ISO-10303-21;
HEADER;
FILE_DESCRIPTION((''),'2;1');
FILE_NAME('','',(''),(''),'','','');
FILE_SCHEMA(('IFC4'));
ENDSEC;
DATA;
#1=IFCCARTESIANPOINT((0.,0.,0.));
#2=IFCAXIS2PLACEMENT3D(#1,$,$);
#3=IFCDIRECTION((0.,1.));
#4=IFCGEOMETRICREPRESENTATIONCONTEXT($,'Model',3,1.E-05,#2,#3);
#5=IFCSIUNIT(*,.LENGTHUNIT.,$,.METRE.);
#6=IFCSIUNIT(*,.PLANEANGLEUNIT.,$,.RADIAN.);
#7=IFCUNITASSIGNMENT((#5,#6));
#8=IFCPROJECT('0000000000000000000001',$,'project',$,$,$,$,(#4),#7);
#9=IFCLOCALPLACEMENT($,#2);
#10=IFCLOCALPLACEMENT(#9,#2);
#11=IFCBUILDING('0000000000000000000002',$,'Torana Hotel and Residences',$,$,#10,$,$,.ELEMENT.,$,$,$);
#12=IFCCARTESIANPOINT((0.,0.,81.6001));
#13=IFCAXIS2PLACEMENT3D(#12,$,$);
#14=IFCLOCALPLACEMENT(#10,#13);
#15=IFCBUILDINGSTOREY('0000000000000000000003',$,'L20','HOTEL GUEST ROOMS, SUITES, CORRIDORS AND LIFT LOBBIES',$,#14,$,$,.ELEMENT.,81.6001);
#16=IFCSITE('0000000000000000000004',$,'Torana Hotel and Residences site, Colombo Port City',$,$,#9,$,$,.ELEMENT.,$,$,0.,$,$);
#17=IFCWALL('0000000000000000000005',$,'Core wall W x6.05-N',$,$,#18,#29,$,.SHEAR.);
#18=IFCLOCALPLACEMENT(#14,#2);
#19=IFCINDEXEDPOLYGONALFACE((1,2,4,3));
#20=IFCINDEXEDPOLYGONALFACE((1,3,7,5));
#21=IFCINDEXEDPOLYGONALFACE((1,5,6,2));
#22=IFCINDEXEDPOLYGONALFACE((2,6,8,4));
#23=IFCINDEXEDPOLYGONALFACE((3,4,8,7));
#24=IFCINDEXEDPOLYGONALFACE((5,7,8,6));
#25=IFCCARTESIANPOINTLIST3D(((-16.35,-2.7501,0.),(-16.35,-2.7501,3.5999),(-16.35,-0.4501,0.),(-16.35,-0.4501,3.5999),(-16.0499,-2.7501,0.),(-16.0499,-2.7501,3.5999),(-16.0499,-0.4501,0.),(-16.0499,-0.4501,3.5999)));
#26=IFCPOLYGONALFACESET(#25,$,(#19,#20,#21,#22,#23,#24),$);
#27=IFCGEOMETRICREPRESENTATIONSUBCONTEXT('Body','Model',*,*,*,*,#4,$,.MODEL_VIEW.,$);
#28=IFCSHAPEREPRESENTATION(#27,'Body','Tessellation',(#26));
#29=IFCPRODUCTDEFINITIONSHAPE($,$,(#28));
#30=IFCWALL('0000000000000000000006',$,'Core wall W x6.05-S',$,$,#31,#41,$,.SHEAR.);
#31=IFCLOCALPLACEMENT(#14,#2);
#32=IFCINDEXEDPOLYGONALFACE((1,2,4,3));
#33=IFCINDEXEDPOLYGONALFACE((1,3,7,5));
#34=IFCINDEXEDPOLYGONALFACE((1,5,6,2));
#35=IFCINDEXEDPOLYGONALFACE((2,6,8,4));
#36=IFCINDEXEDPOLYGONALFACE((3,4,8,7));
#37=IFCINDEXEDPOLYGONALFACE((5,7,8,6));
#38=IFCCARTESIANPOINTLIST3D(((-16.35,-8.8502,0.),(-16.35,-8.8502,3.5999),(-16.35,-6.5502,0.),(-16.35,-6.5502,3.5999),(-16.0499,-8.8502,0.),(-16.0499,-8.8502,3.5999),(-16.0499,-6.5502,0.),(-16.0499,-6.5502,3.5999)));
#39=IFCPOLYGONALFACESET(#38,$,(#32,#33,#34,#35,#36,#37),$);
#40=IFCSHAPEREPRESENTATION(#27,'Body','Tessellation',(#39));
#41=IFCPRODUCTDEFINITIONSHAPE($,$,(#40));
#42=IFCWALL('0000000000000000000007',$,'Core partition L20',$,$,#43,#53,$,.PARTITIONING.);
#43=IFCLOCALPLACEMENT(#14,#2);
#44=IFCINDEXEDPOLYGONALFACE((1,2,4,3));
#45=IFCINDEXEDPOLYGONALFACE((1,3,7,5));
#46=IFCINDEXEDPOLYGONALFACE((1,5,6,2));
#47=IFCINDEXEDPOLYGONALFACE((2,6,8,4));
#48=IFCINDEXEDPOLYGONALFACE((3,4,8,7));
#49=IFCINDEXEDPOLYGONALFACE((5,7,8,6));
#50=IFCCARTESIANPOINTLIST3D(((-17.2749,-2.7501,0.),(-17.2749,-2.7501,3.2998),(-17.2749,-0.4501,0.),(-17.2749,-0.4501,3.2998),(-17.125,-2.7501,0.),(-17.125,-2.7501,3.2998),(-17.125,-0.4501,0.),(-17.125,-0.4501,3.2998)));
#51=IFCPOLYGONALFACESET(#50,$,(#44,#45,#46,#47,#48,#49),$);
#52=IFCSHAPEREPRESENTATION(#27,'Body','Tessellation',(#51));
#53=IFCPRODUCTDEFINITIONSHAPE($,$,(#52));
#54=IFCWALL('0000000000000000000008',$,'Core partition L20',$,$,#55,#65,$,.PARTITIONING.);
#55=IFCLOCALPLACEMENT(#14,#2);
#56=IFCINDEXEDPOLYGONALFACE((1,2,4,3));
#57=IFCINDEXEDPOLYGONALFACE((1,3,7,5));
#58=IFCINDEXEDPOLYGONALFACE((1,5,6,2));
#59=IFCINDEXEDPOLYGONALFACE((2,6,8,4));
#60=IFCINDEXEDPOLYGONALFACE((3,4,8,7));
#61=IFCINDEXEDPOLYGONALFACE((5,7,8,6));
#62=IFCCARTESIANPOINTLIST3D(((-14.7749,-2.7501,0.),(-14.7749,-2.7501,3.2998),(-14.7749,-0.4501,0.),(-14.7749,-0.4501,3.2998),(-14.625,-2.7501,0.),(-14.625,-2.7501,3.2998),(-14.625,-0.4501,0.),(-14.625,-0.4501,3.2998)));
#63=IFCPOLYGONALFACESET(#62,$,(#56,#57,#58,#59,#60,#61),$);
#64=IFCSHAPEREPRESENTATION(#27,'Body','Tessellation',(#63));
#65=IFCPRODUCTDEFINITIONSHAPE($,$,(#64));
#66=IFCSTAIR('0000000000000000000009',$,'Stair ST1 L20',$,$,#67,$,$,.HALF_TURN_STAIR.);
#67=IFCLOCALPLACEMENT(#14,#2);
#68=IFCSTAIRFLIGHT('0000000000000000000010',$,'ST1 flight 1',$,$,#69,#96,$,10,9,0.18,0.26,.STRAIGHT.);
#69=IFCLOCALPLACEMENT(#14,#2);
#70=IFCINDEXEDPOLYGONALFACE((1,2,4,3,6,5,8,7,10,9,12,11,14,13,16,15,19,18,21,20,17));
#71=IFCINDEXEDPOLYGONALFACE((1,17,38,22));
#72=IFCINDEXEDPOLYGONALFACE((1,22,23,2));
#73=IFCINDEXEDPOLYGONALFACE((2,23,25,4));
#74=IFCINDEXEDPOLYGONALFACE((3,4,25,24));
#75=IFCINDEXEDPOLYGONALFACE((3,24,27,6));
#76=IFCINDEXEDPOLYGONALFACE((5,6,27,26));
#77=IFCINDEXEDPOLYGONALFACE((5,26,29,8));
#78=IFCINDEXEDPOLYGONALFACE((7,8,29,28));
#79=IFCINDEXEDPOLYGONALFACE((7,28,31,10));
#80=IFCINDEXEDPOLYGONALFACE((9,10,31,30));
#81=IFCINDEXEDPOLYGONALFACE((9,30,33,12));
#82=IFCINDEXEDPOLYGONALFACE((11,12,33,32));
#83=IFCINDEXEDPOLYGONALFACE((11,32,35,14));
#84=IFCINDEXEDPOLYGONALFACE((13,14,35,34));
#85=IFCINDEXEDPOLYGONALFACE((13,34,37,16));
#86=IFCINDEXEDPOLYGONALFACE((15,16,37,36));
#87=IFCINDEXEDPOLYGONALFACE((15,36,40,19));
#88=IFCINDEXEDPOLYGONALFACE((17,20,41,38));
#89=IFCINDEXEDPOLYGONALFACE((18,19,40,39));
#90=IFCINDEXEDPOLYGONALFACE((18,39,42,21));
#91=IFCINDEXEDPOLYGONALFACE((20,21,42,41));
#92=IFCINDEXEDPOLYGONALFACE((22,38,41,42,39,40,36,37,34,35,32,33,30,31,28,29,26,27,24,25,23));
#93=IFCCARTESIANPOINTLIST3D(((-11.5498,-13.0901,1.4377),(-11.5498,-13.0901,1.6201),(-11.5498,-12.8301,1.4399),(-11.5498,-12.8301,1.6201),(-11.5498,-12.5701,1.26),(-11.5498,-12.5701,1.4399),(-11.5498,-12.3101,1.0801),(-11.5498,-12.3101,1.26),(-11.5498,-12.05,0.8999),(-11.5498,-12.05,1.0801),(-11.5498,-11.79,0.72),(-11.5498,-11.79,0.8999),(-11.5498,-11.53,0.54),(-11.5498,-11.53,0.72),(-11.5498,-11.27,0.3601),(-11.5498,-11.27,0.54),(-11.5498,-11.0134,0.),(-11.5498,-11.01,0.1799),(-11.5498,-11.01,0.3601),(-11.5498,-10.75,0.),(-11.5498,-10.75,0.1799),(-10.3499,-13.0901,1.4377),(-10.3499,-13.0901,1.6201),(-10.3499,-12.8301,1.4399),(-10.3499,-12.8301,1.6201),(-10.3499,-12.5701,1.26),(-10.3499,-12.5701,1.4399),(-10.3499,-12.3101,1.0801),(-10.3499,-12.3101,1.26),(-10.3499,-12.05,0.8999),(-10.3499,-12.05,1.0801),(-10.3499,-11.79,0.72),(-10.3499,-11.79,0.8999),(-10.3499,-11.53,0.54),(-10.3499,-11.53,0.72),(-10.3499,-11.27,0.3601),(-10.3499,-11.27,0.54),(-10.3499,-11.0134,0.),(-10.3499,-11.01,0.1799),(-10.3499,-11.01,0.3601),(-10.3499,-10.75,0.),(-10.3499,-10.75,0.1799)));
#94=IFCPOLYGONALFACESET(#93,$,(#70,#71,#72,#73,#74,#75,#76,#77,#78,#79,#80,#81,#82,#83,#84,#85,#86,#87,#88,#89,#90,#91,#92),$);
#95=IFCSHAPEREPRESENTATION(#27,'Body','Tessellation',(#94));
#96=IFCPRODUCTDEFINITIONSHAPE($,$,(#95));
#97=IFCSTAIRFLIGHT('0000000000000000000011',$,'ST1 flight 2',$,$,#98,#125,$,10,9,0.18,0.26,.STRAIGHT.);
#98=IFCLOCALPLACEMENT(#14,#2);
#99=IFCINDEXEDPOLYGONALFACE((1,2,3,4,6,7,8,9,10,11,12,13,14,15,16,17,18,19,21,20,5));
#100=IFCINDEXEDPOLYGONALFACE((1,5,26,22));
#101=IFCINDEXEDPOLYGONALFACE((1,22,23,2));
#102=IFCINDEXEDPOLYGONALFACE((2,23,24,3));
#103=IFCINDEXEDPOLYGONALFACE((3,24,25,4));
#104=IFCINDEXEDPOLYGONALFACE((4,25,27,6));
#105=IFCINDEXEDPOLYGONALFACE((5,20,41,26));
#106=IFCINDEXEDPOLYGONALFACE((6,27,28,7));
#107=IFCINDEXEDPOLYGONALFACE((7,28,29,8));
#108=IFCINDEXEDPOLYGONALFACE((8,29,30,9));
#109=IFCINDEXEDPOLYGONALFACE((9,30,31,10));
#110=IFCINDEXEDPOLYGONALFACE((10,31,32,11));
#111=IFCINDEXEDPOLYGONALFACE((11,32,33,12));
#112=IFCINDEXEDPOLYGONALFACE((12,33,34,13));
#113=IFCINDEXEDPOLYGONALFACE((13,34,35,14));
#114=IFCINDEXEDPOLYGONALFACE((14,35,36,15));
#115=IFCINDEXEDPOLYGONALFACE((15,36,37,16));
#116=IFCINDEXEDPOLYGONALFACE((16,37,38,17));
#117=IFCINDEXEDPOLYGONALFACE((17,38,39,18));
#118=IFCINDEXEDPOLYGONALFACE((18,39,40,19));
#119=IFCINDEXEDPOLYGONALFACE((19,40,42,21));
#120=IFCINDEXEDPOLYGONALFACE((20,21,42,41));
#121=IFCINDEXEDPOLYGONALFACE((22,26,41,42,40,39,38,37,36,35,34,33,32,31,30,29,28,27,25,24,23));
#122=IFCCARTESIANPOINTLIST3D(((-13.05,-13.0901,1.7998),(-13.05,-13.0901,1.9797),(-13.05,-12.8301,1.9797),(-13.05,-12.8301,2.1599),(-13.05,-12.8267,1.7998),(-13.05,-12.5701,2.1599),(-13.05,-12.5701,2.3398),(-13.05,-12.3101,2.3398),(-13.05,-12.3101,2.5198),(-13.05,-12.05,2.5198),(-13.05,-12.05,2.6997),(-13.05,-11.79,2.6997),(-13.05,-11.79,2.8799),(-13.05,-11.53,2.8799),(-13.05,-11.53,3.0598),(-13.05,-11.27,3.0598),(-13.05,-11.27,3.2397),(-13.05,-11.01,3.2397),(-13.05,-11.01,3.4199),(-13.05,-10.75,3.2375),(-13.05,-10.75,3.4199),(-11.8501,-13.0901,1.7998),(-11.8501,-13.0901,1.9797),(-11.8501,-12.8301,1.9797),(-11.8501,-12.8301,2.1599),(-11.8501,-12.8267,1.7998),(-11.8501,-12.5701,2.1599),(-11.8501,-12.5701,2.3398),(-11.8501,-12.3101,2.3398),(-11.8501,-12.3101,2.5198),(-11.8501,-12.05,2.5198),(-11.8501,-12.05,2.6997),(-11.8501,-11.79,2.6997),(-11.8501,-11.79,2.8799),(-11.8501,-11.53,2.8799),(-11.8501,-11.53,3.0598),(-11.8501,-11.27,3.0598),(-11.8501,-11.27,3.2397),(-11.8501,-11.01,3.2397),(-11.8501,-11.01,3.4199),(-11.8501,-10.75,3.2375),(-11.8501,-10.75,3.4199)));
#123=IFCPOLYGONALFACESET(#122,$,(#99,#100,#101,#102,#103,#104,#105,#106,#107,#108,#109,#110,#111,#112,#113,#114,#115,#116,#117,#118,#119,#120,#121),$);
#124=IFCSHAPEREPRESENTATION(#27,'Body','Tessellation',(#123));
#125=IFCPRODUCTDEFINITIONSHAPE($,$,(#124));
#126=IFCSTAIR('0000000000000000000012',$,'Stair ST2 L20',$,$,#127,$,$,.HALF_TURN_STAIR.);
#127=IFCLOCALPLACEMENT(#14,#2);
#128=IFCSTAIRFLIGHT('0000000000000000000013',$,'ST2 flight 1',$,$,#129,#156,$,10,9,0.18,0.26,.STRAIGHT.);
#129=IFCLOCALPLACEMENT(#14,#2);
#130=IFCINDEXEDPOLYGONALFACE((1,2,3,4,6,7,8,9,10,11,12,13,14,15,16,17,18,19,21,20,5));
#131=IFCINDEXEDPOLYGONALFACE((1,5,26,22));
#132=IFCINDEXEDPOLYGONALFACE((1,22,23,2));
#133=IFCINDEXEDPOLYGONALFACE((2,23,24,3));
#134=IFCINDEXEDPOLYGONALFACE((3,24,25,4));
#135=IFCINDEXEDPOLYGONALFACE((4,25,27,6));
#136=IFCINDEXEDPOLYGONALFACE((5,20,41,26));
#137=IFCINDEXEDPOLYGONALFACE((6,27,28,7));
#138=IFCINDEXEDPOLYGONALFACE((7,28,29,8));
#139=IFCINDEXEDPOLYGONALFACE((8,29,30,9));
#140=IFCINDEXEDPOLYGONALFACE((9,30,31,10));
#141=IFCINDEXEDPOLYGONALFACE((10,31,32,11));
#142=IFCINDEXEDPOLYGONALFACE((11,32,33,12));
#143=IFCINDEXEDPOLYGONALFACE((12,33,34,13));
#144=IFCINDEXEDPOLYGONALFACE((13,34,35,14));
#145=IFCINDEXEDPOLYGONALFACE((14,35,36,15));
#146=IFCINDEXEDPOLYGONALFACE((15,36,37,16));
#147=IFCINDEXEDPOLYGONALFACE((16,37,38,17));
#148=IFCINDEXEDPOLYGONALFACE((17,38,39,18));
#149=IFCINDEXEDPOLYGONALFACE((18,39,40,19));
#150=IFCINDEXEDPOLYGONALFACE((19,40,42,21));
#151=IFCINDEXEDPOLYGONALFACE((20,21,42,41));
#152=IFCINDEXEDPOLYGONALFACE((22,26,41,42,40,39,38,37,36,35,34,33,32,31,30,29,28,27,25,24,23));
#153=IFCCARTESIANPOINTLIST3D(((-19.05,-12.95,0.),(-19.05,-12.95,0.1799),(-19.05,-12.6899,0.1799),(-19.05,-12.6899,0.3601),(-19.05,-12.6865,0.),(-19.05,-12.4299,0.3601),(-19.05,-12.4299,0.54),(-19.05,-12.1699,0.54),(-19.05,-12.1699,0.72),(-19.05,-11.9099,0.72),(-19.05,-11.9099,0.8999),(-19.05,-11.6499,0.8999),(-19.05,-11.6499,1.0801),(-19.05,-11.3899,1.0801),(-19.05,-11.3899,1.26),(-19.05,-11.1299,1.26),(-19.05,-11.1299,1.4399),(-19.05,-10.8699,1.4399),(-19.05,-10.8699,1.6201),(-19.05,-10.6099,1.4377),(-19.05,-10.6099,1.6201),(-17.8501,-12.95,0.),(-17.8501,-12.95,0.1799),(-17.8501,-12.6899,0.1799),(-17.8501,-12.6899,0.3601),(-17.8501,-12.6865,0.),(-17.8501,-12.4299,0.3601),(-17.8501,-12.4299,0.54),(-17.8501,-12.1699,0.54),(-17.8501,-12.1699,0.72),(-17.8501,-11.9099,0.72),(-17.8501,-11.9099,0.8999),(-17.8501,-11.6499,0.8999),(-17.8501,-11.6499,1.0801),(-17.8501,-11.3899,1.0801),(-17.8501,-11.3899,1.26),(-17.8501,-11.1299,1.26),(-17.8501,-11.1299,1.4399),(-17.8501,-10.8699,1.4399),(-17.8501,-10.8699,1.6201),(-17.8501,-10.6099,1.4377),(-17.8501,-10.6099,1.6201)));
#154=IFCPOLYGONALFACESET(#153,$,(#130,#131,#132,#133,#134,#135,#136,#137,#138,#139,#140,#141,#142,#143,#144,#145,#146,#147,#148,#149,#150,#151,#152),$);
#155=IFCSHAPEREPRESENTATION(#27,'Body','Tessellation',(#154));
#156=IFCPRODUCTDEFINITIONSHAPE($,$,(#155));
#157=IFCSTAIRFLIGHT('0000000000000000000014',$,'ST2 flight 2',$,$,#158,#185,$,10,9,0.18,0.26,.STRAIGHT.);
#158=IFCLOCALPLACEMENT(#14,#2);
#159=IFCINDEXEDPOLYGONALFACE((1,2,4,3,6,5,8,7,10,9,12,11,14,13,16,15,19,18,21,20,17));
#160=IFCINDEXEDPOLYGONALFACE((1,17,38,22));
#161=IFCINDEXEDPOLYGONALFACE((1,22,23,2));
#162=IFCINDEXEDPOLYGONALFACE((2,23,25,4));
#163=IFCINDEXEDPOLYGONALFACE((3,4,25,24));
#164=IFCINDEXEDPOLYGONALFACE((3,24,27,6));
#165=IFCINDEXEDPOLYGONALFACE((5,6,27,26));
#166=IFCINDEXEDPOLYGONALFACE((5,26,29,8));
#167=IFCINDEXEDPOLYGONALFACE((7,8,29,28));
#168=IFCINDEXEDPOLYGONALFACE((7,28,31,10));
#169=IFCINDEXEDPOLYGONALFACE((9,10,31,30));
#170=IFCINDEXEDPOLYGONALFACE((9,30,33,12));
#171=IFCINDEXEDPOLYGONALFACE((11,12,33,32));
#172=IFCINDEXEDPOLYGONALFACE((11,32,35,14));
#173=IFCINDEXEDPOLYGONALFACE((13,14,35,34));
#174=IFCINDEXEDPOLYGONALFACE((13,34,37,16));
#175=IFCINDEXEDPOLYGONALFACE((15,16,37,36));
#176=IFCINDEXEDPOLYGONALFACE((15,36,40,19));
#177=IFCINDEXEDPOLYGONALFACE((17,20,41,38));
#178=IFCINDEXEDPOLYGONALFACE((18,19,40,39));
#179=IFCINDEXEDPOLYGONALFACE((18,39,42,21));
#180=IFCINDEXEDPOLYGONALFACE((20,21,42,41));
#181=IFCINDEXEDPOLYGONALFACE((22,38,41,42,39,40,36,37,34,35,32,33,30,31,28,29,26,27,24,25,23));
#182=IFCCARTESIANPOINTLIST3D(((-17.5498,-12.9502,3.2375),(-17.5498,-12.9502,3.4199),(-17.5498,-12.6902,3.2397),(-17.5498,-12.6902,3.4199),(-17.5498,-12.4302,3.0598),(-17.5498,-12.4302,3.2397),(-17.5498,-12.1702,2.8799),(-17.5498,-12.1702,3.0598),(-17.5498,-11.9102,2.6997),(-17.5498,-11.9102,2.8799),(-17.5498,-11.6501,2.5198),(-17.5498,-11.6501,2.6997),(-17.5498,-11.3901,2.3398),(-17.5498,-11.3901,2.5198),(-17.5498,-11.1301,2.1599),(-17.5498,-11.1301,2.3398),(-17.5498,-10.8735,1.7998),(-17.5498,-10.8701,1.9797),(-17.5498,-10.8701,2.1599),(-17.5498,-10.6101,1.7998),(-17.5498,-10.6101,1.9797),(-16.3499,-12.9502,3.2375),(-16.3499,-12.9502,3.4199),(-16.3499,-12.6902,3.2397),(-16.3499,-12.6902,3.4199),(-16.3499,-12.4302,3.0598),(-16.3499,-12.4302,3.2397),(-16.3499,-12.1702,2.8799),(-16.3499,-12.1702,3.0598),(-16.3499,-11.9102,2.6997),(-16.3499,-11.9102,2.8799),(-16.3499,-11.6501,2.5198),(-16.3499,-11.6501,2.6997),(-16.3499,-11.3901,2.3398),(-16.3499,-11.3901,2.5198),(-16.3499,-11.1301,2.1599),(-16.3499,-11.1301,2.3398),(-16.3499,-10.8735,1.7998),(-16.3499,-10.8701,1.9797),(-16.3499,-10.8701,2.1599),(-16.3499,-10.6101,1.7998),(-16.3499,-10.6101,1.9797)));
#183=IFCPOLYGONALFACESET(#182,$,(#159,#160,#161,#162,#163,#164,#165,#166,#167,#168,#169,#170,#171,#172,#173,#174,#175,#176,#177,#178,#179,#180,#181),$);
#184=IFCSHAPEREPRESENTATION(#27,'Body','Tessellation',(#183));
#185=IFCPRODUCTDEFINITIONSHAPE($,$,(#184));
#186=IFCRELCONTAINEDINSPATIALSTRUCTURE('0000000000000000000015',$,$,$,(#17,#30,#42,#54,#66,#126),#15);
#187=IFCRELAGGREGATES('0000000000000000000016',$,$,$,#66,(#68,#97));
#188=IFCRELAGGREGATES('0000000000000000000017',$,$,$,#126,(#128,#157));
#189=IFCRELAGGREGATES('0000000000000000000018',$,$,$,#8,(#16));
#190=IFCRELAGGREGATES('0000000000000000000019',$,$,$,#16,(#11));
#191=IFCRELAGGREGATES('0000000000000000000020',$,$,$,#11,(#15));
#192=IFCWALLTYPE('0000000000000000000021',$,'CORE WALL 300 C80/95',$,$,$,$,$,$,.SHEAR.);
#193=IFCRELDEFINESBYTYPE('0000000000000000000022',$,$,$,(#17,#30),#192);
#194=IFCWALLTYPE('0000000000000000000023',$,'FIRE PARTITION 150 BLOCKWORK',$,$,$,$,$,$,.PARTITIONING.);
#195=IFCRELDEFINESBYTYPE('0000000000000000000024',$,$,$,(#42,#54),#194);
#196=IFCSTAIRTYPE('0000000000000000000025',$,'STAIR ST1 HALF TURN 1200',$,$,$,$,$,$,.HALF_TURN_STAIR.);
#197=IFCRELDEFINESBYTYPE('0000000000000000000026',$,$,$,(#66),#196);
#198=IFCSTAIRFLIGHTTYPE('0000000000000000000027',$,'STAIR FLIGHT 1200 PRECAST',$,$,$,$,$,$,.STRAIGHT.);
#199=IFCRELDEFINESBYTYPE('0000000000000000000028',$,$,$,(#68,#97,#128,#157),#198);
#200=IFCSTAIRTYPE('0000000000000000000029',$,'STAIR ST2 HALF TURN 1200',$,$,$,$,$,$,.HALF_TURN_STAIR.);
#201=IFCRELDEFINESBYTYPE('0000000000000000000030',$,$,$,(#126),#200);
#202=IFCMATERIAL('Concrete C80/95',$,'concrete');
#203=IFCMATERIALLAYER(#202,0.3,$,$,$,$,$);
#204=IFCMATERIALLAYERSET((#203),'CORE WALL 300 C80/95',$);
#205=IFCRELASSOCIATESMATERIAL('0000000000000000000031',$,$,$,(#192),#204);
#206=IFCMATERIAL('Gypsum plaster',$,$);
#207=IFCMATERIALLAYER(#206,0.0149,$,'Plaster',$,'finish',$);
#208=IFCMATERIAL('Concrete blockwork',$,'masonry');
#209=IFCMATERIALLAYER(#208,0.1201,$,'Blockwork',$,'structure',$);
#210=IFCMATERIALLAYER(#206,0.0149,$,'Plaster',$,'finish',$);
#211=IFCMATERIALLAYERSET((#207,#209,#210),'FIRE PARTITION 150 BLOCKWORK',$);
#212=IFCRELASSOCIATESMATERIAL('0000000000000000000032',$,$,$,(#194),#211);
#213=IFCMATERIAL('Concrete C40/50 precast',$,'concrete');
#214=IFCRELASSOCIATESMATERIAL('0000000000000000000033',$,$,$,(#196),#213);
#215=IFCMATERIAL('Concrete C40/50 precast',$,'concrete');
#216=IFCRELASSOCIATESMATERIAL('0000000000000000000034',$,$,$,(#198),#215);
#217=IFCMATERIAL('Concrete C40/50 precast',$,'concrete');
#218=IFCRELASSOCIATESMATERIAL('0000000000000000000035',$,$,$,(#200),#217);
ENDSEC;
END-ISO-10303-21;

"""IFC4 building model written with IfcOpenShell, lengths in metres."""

from ifc_helpers import new_model, si_unit, direction, frame, frame_2d, origin, place, context, subcontext, project, spatial, polyline, rectangle, outline, extrude, material, layer, layer_set, type_object, element, aggregate, save


model = new_model("IFC4")

# Units and contexts
model_context = context("Model", 3, precision=1e-05, world=origin(), true_north=direction((0.0, 1.0)))
body_context = subcontext(model_context, "Body", "Model", "MODEL_VIEW")
ifc_project = project(units=[si_unit("LENGTHUNIT", "METRE"), si_unit("PLANEANGLEUNIT", "RADIAN")], contexts=[model_context])

# Site, building, storey
site_placement = place(None, origin())
site = spatial("IfcSite", under=ifc_project, at=site_placement, Name="Torana Hotel and Residences site, Colombo Port City", CompositionType="ELEMENT", RefElevation=0.0)
building_placement = place(site_placement, origin())
building = spatial("IfcBuilding", under=site, at=building_placement, Name="Torana Hotel and Residences", CompositionType="ELEMENT")
storey_placement = place(building_placement, frame((0.0, 0.0, 81.6001)))
storey = spatial("IfcBuildingStorey", under=building, at=storey_placement, Name="L20", Description="HOTEL GUEST ROOMS, SUITES, CORRIDORS AND LIFT LOBBIES", CompositionType="ELEMENT", Elevation=81.6001)

# Shared definitions
ifc_material_1 = material(Name="Concrete C80/95", Category="concrete")
ifc_layer_1 = layer(ifc_material_1, 0.3)
ifc_layer_set_1 = layer_set([ifc_layer_1], Name="CORE WALL 300 C80/95")
wall_type_1 = type_object("IfcWallType", Name="CORE WALL 300 C80/95", PredefinedType="SHEAR", material=ifc_layer_set_1)

# Walls
for number, where, z_axis, x_axis, name in (
    (1, (-16.2, -2.75, 0.0), (0.0, 0.0, 1.0), (0.0, 1.0, 0.0), "Core wall W x6.05-N"),
    (2, (-16.2, -8.8501, 0.0), (0.0, 0.0, 1.0), (0.0, 1.0, 0.0), "Core wall W x6.05-S"),
):
    element("IfcWall", number, at=place(storey_placement, frame(where, z_axis=z_axis, x_axis=x_axis)), inside=storey, type_object=wall_type_1, Name=name, PredefinedType="SHEAR", context=body_context, shape_type="SweptSolid", body=[
        extrude(rectangle(XDim=2.3, YDim=0.3, at=frame_2d((1.1499, 0.0))), origin(), (0.0, 0.0, 1.0), 3.5999),
    ])

# Walls
ifc_material_2 = material(Name="Gypsum plaster")
ifc_layer_2 = layer(ifc_material_2, 0.0149, Name="Plaster", Category="finish")
ifc_material_3 = material(Name="Concrete blockwork", Category="masonry")
ifc_layer_3 = layer(ifc_material_3, 0.1201, Name="Blockwork", Category="structure")
ifc_layer_4 = layer(ifc_material_2, 0.0149, Name="Plaster", Category="finish")
ifc_layer_set_2 = layer_set([ifc_layer_2, ifc_layer_3, ifc_layer_4], Name="FIRE PARTITION 150 BLOCKWORK")
wall_type_2 = type_object("IfcWallType", Name="FIRE PARTITION 150 BLOCKWORK", PredefinedType="PARTITIONING", material=ifc_layer_set_2)
for number, where, z_axis, x_axis, name in (
    (3, (-17.2, -2.75, 0.0), (0.0, 0.0, 1.0), (0.0, 1.0, 0.0), "Core partition L20"),
    (4, (-14.7, -2.75, 0.0), (0.0, 0.0, 1.0), (0.0, 1.0, 0.0), "Core partition L20"),
):
    element("IfcWall", number, at=place(storey_placement, frame(where, z_axis=z_axis, x_axis=x_axis)), inside=storey, type_object=wall_type_2, Name=name, PredefinedType="PARTITIONING", context=body_context, shape_type="SweptSolid", body=[
        extrude(rectangle(XDim=2.3, YDim=0.1499, at=frame_2d((1.1499, 0.0))), origin(), (0.0, 0.0, 1.0), 3.2998),
    ])

# Stairs, stair flights
ifc_material_4 = material(Name="Concrete C40/50 precast", Category="concrete")
stair_type_1 = type_object("IfcStairType", Name="STAIR ST1 HALF TURN 1200", PredefinedType="HALF_TURN_STAIR", material=ifc_material_4)
stair_1_placement = place(storey_placement, origin())
stair_1 = element("IfcStair", 5, at=stair_1_placement, inside=storey, type_object=stair_type_1, Name="Stair ST1 L20", PredefinedType="HALF_TURN_STAIR")
ifc_material_5 = material(Name="Concrete C40/50 precast", Category="concrete")
stair_flight_type = type_object("IfcStairFlightType", Name="STAIR FLIGHT 1200 PRECAST", PredefinedType="STRAIGHT", material=ifc_material_5)
stair_flight_1_placement = place(storey_placement, frame((-10.95, -10.75, 0.0), z_axis=(0.0, 0.0, 1.0), x_axis=(0.0, -1.0, 0.0)))
stair_flight_1 = element("IfcStairFlight", 6, at=stair_flight_1_placement, type_object=stair_flight_type, Name="ST1 flight 1", NumberOfRisers=10, NumberOfTreads=9, PredefinedType="STRAIGHT", RiserHeight=0.18, TreadLength=0.26, context=body_context, shape_type="SweptSolid", body=[
    extrude(outline(polyline([(0.0, 0.0), (0.0, 0.1799), (0.26, 0.1799), (0.26, 0.3601), (0.52, 0.3601), (0.52, 0.54), (0.78, 0.54), (0.78, 0.72), (1.04, 0.72), (1.04, 0.8999), (1.3, 0.8999), (1.3, 1.0801), (1.5601, 1.0801), (1.5601, 1.26), (1.8201, 1.26), (1.8201, 1.4399), (2.0801, 1.4399), (2.0801, 1.6201), (2.3401, 1.6201), (2.3401, 1.8), (2.3401, 1.4377), (0.2634, 0.0), (0.0, 0.0)])), frame((0.0, 0.6001, 0.0), z_axis=(0.0, -1.0, 0.0), x_axis=(1.0, 0.0, 0.0)), (0.0, 0.0, 1.0), 1.2),
])
stair_flight_2_placement = place(storey_placement, frame((-12.45, -13.0901, 1.7998), z_axis=(0.0, 0.0, 1.0), x_axis=(0.0, 1.0, 0.0)))
stair_flight_2 = element("IfcStairFlight", 7, at=stair_flight_2_placement, type_object=stair_flight_type, Name="ST1 flight 2", NumberOfRisers=10, NumberOfTreads=9, PredefinedType="STRAIGHT", RiserHeight=0.18, TreadLength=0.26, context=body_context, shape_type="SweptSolid", body=[
    extrude(outline(polyline([(0.0, 0.0), (0.0, 0.1799), (0.26, 0.1799), (0.26, 0.3601), (0.52, 0.3601), (0.52, 0.54), (0.78, 0.54), (0.78, 0.72), (1.04, 0.72), (1.04, 0.8999), (1.3, 0.8999), (1.3, 1.0801), (1.5601, 1.0801), (1.5601, 1.26), (1.8201, 1.26), (1.8201, 1.4399), (2.0801, 1.4399), (2.0801, 1.6201), (2.3401, 1.6201), (2.3401, 1.8), (2.3401, 1.4377), (0.2634, 0.0), (0.0, 0.0)])), frame((0.0, 0.6001, 0.0), z_axis=(0.0, -1.0, 0.0), x_axis=(1.0, 0.0, 0.0)), (0.0, 0.0, 1.0), 1.2),
])
aggregate(stair_1, [stair_flight_1, stair_flight_2])
ifc_material_6 = material(Name="Concrete C40/50 precast", Category="concrete")
stair_type_2 = type_object("IfcStairType", Name="STAIR ST2 HALF TURN 1200", PredefinedType="HALF_TURN_STAIR", material=ifc_material_6)
stair_2_placement = place(storey_placement, origin())
stair_2 = element("IfcStair", 8, at=stair_2_placement, inside=storey, type_object=stair_type_2, Name="Stair ST2 L20", PredefinedType="HALF_TURN_STAIR")
stair_flight_3_placement = place(storey_placement, frame((-18.45, -12.95, 0.0), z_axis=(0.0, 0.0, 1.0), x_axis=(0.0, 1.0, 0.0)))
stair_flight_3 = element("IfcStairFlight", 9, at=stair_flight_3_placement, type_object=stair_flight_type, Name="ST2 flight 1", NumberOfRisers=10, NumberOfTreads=9, PredefinedType="STRAIGHT", RiserHeight=0.18, TreadLength=0.26, context=body_context, shape_type="SweptSolid", body=[
    extrude(outline(polyline([(0.0, 0.0), (0.0, 0.1799), (0.26, 0.1799), (0.26, 0.3601), (0.52, 0.3601), (0.52, 0.54), (0.78, 0.54), (0.78, 0.72), (1.04, 0.72), (1.04, 0.8999), (1.3, 0.8999), (1.3, 1.0801), (1.5601, 1.0801), (1.5601, 1.26), (1.8201, 1.26), (1.8201, 1.4399), (2.0801, 1.4399), (2.0801, 1.6201), (2.3401, 1.6201), (2.3401, 1.8), (2.3401, 1.4377), (0.2634, 0.0), (0.0, 0.0)])), frame((0.0, 0.6001, 0.0), z_axis=(0.0, -1.0, 0.0), x_axis=(1.0, 0.0, 0.0)), (0.0, 0.0, 1.0), 1.2),
])
stair_flight_4_placement = place(storey_placement, frame((-16.95, -10.6101, 1.7998), z_axis=(0.0, 0.0, 1.0), x_axis=(0.0, -1.0, 0.0)))
stair_flight_4 = element("IfcStairFlight", 10, at=stair_flight_4_placement, type_object=stair_flight_type, Name="ST2 flight 2", NumberOfRisers=10, NumberOfTreads=9, PredefinedType="STRAIGHT", RiserHeight=0.18, TreadLength=0.26, context=body_context, shape_type="SweptSolid", body=[
    extrude(outline(polyline([(0.0, 0.0), (0.0, 0.1799), (0.26, 0.1799), (0.26, 0.3601), (0.52, 0.3601), (0.52, 0.54), (0.78, 0.54), (0.78, 0.72), (1.04, 0.72), (1.04, 0.8999), (1.3, 0.8999), (1.3, 1.0801), (1.5601, 1.0801), (1.5601, 1.26), (1.8201, 1.26), (1.8201, 1.4399), (2.0801, 1.4399), (2.0801, 1.6201), (2.3401, 1.6201), (2.3401, 1.8), (2.3401, 1.4377), (0.2634, 0.0), (0.0, 0.0)])), frame((0.0, 0.6001, 0.0), z_axis=(0.0, -1.0, 0.0), x_axis=(1.0, 0.0, 0.0)), (0.0, 0.0, 1.0), 1.2),
])
aggregate(stair_2, [stair_flight_3, stair_flight_4])

save(model, "model.ifc")
